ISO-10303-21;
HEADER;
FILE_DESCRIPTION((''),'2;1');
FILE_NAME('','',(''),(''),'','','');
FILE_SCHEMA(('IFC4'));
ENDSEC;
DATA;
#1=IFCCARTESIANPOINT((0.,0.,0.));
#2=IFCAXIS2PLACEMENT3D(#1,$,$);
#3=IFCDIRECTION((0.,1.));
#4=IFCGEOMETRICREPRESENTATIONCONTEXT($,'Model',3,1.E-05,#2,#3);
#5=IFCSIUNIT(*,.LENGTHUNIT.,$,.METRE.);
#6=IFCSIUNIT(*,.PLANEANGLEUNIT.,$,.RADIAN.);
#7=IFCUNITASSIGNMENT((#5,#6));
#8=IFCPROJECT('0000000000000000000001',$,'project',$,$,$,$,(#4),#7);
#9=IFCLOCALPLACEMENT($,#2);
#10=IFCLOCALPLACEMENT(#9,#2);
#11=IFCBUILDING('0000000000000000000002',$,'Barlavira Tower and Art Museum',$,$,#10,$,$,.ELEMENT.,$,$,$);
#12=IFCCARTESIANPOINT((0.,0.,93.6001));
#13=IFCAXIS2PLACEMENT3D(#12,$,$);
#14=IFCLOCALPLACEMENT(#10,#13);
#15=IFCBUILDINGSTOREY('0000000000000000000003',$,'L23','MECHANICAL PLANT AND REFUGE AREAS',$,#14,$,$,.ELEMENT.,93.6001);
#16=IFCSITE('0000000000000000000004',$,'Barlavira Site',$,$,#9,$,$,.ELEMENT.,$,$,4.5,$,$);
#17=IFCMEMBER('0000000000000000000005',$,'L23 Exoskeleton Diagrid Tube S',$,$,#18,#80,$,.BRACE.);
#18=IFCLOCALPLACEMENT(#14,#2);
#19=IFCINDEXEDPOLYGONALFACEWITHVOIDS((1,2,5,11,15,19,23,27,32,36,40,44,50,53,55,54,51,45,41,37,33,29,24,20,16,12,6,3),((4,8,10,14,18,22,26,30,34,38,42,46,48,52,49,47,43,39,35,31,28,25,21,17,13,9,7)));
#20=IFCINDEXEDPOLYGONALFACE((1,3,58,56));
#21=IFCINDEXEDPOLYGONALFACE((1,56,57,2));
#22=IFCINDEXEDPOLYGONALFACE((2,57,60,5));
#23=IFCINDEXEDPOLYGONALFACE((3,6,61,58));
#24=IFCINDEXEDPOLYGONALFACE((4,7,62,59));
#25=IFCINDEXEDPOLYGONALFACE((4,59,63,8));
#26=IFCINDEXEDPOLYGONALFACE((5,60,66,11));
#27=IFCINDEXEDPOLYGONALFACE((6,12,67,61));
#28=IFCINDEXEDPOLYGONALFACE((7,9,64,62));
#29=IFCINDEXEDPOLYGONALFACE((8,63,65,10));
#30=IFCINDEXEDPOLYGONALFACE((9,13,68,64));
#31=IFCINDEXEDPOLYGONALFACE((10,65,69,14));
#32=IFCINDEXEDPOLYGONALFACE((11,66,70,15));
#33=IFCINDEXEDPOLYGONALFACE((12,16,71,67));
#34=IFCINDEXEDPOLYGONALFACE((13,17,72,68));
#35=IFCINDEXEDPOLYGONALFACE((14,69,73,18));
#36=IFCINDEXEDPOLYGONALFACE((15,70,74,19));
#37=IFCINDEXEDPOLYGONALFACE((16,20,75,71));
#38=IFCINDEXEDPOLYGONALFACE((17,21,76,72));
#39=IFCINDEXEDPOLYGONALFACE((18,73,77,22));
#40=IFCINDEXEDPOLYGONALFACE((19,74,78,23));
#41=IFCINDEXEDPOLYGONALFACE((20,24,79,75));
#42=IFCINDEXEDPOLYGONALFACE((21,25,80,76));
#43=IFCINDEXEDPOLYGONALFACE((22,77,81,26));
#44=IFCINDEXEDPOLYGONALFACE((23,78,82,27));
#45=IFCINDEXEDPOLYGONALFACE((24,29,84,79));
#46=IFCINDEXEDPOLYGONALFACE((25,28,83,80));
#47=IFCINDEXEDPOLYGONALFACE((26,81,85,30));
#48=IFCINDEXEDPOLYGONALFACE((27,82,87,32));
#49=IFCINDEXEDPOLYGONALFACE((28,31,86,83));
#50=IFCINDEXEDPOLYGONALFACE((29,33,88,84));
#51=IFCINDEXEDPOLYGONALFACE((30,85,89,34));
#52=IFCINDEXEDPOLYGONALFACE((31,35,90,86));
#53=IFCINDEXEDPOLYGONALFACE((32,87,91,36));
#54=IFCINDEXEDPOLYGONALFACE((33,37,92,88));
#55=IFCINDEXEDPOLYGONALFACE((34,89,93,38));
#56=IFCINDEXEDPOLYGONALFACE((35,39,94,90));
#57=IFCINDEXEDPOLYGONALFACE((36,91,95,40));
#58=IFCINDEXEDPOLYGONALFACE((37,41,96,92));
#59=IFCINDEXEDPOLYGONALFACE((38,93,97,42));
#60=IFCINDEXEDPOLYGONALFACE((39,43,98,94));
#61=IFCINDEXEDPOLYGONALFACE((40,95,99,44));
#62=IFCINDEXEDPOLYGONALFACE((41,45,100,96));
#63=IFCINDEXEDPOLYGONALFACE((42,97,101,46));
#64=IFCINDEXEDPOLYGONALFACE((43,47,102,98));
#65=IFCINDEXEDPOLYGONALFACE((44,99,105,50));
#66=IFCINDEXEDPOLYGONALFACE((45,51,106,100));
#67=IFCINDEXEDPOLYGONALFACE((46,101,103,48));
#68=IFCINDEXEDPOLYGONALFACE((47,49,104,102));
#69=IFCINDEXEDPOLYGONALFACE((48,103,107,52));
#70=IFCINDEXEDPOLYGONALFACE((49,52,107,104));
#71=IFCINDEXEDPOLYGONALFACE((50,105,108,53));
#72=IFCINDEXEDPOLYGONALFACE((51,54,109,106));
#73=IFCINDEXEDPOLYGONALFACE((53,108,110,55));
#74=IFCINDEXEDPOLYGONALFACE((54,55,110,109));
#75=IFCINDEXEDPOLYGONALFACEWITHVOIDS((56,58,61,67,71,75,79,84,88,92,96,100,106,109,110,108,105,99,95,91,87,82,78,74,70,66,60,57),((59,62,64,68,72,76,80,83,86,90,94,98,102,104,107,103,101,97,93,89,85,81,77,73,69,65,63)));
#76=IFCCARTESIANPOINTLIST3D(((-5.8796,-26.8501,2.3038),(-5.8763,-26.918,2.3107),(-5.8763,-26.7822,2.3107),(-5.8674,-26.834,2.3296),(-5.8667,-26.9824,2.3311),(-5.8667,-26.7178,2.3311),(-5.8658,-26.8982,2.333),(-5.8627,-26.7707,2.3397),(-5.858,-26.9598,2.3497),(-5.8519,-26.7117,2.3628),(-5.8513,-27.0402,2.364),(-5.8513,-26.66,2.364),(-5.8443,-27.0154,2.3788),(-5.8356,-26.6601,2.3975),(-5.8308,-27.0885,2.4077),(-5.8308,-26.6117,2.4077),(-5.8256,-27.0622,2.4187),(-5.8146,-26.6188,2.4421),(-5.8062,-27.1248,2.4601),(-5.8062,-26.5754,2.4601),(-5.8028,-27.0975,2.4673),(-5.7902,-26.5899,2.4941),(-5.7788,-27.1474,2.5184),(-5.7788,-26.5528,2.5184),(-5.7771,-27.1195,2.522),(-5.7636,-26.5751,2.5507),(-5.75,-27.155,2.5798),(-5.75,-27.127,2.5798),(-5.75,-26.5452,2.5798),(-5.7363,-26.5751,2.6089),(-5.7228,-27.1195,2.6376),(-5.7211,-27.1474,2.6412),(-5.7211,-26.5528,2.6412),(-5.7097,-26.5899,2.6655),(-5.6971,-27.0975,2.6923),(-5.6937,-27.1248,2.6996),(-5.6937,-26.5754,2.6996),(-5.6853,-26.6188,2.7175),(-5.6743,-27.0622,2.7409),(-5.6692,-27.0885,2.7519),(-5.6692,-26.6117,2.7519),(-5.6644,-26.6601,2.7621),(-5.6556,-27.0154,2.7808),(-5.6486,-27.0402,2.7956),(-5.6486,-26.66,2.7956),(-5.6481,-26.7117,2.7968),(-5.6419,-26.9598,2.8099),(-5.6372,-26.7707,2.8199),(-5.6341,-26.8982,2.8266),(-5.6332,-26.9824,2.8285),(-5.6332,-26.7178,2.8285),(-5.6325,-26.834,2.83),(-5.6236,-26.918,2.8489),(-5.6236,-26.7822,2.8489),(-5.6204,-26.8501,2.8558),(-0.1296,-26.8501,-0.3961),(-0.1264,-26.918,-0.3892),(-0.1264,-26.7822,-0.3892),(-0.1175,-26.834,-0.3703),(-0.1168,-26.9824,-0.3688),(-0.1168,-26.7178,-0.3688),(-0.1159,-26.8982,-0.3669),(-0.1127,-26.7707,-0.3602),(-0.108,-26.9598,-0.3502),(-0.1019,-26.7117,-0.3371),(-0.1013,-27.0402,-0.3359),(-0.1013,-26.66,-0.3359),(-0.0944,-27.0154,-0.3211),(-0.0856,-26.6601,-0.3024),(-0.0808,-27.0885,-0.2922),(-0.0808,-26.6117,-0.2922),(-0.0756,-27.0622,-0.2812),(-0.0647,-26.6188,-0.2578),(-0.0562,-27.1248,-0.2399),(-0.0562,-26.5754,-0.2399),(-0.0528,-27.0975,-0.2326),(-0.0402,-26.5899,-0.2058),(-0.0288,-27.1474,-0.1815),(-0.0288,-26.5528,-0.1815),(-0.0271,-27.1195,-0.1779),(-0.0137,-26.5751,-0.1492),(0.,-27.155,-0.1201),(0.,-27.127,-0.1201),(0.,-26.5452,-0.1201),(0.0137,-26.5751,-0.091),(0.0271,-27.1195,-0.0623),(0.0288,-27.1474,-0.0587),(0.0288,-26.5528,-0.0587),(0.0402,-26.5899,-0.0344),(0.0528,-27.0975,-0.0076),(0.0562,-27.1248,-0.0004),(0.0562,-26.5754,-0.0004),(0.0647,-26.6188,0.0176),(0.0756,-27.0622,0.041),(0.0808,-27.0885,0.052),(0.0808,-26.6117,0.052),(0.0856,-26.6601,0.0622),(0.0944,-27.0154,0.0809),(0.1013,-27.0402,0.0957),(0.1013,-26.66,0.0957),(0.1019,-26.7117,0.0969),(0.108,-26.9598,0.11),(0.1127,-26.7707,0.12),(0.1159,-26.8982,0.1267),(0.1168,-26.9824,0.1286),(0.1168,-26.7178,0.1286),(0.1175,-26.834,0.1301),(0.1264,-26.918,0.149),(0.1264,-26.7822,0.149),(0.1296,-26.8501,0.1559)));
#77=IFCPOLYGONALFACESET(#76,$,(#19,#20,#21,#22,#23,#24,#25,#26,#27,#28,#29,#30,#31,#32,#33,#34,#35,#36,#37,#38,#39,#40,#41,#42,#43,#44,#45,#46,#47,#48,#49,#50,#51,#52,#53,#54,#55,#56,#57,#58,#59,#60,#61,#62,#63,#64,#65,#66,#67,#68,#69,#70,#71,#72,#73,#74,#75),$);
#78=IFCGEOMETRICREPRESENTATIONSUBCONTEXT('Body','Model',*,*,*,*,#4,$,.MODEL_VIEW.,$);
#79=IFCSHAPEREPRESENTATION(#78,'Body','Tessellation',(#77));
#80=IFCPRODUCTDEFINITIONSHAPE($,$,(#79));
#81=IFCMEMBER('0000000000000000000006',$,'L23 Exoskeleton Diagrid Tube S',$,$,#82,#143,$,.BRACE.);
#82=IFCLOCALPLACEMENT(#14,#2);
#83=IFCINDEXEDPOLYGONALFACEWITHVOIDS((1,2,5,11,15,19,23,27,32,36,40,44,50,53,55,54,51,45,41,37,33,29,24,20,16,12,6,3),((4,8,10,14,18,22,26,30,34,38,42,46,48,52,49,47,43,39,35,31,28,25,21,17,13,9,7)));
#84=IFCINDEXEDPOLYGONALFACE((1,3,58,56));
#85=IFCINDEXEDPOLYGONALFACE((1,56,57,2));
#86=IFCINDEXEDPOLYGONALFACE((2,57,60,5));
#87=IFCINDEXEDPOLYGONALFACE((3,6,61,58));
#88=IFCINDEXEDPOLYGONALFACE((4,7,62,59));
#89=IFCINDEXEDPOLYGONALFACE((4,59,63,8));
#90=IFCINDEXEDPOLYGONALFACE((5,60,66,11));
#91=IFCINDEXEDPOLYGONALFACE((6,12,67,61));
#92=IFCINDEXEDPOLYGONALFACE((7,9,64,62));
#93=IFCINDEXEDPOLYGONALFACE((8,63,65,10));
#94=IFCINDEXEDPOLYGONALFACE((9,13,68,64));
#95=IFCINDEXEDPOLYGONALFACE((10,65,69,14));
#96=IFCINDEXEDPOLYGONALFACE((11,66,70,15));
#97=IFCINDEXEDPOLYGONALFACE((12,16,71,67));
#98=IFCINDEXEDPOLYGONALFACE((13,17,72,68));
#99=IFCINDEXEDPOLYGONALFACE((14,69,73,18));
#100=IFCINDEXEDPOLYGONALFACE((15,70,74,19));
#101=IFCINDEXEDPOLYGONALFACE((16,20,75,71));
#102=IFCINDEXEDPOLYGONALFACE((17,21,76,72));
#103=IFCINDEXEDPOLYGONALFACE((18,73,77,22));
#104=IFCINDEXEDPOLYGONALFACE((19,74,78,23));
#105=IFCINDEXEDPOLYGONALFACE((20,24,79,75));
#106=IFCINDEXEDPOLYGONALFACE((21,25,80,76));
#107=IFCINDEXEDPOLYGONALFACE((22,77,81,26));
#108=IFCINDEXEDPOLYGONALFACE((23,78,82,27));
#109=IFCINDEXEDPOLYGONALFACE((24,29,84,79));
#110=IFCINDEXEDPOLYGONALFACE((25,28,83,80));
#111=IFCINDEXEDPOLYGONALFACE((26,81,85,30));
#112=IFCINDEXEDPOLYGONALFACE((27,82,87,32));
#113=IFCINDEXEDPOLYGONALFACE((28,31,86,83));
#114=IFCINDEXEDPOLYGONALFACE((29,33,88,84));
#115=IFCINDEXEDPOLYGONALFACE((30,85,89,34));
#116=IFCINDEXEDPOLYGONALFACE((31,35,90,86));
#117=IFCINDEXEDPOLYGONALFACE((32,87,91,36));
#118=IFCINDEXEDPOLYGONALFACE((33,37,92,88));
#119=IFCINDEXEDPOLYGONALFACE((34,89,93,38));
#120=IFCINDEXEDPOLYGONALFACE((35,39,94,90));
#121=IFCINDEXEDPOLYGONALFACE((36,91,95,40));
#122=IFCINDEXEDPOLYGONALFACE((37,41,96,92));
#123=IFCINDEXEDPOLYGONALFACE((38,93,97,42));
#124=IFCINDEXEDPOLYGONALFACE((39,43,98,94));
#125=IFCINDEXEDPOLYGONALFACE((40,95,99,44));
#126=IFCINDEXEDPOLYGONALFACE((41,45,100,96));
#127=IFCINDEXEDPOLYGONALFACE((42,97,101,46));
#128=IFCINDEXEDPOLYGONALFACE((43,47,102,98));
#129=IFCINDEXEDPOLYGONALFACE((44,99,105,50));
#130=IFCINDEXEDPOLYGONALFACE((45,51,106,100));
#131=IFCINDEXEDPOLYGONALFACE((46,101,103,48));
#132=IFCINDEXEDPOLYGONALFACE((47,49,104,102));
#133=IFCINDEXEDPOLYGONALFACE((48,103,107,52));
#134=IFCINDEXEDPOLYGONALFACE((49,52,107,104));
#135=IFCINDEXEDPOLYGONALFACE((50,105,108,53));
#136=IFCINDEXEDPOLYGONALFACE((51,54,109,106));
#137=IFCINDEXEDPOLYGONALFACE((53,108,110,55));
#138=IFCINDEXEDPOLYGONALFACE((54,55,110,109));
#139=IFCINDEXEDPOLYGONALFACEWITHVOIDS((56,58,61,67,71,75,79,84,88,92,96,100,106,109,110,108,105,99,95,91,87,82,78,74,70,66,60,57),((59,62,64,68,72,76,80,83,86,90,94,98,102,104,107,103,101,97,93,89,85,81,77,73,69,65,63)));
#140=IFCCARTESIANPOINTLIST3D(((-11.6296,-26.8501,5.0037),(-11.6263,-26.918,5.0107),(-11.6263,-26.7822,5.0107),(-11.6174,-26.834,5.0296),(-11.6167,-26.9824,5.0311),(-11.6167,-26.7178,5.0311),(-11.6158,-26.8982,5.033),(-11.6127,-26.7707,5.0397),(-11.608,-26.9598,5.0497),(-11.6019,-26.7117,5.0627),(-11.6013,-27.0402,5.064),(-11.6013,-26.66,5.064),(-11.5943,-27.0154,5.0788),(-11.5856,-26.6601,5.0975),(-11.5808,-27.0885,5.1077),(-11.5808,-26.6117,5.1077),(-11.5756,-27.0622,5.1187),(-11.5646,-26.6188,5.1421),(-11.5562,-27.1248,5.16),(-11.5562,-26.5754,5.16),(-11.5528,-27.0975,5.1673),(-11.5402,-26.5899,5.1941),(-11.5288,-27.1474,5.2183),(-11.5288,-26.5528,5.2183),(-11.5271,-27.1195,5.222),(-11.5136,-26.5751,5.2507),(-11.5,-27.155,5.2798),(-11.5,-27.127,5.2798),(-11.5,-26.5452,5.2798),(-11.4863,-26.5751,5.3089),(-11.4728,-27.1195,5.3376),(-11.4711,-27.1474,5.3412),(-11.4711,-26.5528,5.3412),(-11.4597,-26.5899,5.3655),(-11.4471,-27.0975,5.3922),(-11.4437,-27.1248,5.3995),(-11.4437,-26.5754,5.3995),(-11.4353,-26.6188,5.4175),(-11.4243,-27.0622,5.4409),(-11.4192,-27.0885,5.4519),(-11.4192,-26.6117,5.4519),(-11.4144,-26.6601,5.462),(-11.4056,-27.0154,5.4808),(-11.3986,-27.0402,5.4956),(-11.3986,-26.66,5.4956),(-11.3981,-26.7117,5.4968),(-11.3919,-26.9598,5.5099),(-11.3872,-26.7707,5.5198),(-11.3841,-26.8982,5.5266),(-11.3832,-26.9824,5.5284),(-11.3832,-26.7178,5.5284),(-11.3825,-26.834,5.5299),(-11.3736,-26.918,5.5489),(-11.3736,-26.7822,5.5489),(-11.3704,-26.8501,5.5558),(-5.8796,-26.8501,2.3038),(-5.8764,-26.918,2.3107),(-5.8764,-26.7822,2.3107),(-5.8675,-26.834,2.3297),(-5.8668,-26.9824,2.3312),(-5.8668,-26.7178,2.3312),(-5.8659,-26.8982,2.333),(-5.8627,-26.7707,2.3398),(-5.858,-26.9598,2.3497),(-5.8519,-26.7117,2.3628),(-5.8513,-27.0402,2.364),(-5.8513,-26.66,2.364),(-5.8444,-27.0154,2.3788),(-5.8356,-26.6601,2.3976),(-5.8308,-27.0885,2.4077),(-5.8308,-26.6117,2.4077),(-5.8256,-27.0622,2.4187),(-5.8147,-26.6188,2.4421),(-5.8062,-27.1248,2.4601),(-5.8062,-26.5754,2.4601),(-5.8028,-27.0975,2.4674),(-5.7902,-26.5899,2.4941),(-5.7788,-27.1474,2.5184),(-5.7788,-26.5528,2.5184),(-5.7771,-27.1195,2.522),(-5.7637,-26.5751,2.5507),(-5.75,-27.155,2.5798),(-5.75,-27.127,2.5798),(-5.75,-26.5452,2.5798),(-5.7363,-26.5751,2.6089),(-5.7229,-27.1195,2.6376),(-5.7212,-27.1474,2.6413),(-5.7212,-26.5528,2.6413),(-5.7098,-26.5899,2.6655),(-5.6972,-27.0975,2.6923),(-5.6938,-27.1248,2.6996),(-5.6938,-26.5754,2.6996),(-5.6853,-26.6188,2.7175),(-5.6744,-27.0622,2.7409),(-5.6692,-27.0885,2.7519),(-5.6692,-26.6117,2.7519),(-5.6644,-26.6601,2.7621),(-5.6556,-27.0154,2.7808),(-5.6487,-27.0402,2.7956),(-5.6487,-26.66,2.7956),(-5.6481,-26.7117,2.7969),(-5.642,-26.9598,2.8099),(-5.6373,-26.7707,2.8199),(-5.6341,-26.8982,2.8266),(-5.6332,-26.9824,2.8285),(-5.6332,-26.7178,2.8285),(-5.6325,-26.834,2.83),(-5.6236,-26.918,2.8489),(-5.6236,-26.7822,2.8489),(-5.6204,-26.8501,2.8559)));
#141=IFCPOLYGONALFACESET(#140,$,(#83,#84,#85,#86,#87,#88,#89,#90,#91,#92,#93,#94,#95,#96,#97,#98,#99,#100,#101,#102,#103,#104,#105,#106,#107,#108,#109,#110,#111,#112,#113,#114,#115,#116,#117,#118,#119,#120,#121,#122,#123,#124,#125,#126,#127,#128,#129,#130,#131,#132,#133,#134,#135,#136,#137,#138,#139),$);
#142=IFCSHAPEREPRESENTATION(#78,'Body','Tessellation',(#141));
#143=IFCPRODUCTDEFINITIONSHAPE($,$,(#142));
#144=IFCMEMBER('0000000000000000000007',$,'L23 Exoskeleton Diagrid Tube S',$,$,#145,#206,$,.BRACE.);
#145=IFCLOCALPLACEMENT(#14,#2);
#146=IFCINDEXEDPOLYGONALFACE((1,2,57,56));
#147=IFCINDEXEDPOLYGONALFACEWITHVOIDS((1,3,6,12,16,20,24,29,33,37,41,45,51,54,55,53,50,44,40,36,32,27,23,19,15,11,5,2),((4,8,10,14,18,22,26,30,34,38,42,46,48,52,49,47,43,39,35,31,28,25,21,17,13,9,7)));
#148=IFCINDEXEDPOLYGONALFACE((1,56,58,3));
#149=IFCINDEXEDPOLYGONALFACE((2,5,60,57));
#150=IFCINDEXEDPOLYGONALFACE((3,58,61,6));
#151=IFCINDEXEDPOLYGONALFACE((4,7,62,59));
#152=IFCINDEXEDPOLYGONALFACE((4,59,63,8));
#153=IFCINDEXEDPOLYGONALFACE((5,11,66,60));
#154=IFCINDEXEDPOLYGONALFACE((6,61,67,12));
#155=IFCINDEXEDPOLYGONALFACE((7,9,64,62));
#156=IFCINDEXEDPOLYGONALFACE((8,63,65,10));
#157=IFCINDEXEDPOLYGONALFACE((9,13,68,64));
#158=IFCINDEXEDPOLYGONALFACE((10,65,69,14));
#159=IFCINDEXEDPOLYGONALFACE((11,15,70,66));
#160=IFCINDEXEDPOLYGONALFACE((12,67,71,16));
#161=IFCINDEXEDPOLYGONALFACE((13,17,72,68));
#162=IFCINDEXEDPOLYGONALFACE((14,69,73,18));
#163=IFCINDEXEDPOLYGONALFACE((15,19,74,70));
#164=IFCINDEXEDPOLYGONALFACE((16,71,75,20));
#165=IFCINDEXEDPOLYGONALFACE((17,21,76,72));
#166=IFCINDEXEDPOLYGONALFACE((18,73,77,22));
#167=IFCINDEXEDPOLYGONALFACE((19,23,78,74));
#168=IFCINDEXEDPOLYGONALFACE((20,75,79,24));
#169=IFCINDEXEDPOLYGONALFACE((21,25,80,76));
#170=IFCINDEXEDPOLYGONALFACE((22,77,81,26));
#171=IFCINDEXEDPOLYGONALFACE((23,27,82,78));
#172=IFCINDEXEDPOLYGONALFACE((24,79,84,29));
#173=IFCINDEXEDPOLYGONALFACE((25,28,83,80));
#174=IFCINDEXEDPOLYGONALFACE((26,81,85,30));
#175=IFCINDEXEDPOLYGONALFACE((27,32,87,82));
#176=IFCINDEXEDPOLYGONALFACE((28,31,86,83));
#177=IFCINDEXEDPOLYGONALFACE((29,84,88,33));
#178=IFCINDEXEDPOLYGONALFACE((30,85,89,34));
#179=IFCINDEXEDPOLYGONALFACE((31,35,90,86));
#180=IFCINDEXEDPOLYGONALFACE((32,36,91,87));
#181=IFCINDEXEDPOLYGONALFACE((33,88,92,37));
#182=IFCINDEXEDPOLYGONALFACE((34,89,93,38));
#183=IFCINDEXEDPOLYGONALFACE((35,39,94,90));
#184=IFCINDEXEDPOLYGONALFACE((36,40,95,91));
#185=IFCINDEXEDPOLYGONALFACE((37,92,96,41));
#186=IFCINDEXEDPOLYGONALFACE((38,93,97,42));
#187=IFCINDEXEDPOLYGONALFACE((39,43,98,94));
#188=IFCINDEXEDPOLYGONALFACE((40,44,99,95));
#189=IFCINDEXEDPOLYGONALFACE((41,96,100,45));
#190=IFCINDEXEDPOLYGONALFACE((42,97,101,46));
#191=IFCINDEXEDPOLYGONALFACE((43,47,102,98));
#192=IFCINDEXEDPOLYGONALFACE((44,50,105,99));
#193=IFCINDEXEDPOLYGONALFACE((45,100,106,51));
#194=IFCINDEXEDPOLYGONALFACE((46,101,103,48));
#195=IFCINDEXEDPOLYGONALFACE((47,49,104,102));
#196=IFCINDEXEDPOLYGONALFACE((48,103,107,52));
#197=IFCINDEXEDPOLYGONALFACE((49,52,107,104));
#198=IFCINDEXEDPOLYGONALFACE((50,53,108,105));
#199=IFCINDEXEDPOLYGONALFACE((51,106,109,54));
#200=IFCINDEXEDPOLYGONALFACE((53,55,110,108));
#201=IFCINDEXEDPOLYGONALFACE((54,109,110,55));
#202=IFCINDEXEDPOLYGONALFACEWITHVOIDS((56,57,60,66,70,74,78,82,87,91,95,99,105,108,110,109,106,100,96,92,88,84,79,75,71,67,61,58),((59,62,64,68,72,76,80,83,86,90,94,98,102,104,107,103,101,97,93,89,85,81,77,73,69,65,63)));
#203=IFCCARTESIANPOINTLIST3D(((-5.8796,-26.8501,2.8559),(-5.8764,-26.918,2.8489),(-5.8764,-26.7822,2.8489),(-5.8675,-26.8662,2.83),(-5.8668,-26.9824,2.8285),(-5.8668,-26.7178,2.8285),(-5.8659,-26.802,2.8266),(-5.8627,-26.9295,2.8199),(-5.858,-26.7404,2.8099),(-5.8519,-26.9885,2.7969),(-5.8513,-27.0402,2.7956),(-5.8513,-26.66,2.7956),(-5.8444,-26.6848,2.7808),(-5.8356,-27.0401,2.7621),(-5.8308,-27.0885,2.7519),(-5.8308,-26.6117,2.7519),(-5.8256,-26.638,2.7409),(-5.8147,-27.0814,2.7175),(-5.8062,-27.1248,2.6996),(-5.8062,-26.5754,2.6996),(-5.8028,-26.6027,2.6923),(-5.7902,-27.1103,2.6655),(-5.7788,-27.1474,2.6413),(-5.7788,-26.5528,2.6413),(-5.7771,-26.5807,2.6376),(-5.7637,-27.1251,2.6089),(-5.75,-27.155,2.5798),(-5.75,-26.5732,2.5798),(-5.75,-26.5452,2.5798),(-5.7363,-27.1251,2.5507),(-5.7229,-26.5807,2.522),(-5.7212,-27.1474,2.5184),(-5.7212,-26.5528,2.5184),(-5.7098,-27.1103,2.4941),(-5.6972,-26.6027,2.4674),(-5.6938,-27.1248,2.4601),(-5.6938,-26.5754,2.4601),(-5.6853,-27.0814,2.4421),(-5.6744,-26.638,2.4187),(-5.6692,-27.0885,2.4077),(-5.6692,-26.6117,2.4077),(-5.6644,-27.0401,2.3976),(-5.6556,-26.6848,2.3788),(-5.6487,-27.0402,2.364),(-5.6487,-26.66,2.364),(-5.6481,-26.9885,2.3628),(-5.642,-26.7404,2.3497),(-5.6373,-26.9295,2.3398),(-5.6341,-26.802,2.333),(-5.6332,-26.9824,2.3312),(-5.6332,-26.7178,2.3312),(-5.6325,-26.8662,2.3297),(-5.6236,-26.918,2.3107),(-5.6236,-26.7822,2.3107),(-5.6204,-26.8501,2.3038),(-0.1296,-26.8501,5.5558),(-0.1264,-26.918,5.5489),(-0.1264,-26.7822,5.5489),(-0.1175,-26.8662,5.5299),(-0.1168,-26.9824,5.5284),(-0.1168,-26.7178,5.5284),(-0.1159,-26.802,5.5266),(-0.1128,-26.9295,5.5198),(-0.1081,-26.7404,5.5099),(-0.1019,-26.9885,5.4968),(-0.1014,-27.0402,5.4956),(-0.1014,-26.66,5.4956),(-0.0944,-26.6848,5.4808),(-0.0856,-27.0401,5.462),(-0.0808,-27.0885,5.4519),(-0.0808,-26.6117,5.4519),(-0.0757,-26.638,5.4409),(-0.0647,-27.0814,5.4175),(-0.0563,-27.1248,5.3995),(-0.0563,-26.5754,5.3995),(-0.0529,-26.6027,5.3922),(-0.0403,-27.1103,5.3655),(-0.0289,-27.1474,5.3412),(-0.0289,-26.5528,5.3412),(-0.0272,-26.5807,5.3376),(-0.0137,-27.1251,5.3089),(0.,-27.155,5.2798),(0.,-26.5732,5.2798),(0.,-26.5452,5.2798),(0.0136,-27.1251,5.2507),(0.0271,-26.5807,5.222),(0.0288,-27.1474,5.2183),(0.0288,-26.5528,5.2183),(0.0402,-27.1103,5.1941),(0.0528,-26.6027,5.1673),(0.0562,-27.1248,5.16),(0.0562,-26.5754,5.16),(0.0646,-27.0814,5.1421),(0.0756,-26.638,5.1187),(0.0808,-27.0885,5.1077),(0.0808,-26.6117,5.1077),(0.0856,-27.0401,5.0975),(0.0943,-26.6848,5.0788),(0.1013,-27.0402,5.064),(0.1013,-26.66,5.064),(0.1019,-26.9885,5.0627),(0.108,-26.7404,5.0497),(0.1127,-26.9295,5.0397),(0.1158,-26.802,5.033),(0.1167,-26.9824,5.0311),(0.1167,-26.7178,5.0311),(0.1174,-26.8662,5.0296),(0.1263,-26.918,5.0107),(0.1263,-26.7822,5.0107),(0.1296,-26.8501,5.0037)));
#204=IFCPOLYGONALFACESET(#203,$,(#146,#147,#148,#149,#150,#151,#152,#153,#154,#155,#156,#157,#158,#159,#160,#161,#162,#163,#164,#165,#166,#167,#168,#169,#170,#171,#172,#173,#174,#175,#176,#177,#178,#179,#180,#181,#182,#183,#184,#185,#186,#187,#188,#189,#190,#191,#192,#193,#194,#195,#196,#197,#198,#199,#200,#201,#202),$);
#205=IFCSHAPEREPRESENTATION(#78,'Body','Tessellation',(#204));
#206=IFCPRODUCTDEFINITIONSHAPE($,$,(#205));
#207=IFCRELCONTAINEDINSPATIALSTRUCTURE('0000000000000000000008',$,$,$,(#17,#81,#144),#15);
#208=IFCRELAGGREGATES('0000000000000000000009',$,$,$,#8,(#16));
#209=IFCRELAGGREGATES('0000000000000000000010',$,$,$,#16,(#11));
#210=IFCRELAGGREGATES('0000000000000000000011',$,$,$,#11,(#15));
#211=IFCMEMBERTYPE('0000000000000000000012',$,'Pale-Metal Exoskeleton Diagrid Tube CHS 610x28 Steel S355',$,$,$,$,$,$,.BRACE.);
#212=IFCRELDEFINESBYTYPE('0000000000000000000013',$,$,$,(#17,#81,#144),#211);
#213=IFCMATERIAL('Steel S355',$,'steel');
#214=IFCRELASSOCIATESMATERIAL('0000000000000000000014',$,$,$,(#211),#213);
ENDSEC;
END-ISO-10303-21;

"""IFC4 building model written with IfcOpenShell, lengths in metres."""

from ifc_helpers import new_model, si_unit, direction, frame, origin, origin_2d, place, context, subcontext, project, spatial, hollow_circle, extrude, material, material_profile, profile_set, type_object, element, save


model = new_model("IFC4")

# Units and contexts
model_context = context("Model", 3, precision=1e-05, world=origin(), true_north=direction((0.0, 1.0)))
body_context = subcontext(model_context, "Body", "Model", "MODEL_VIEW")
ifc_project = project(units=[si_unit("LENGTHUNIT", "METRE"), si_unit("PLANEANGLEUNIT", "RADIAN")], contexts=[model_context])

# Site, building, storey
site_placement = place(None, origin())
site = spatial("IfcSite", under=ifc_project, at=site_placement, Name="Barlavira Site", CompositionType="ELEMENT", RefElevation=4.5)
building_placement = place(site_placement, origin())
building = spatial("IfcBuilding", under=site, at=building_placement, Name="Barlavira Tower and Art Museum", CompositionType="ELEMENT")
storey_placement = place(building_placement, frame((0.0, 0.0, 93.6001)))
storey = spatial("IfcBuildingStorey", under=building, at=storey_placement, Name="L23", Description="MECHANICAL PLANT AND REFUGE AREAS", CompositionType="ELEMENT", Elevation=93.6001)

# Members
ifc_material_1 = material(Name="Steel S355", Category="steel")
ifc_material_profile_1 = material_profile(ifc_material_1, hollow_circle(Radius=0.3049, WallThickness=0.0281, at=origin_2d()), Name="CHS 610.0x28.0")
ifc_profile_set_1 = profile_set([ifc_material_profile_1], Name="Steel S355")
member_type_1 = type_object("IfcMemberType", Name="Pale-Metal Exoskeleton Diagrid Tube CHS 610x28 Steel S355", PredefinedType="BRACE", material=ifc_profile_set_1)
for number, where, z_axis, x_axis, name in (
    (1, (0.0, -26.8501, -0.1201), (-0.905178, 0.0, 0.425032), (0.0, -1.0, 0.0), "L23 Exoskeleton Diagrid Tube S"),
    (2, (-5.75, -26.8501, 2.5798), (-0.905178, 0.0, 0.425032), (0.0, -1.0, 0.0), "L23 Exoskeleton Diagrid Tube S"),
    (3, (-5.75, -26.8501, 2.5798), (0.905178, 0.0, 0.425032), (0.0, 1.0, 0.0), "L23 Exoskeleton Diagrid Tube S"),
):
    element("IfcMember", number, at=place(storey_placement, frame(where, z_axis=z_axis, x_axis=x_axis)), inside=storey, type_object=member_type_1, Name=name, PredefinedType="BRACE", context=body_context, shape_type="SweptSolid", body=[
        extrude(hollow_circle(Radius=0.3049, WallThickness=0.0281, at=origin_2d()), origin(), (0.0, 0.0, 1.0), 6.3523),
    ])

save(model, "model.ifc")
